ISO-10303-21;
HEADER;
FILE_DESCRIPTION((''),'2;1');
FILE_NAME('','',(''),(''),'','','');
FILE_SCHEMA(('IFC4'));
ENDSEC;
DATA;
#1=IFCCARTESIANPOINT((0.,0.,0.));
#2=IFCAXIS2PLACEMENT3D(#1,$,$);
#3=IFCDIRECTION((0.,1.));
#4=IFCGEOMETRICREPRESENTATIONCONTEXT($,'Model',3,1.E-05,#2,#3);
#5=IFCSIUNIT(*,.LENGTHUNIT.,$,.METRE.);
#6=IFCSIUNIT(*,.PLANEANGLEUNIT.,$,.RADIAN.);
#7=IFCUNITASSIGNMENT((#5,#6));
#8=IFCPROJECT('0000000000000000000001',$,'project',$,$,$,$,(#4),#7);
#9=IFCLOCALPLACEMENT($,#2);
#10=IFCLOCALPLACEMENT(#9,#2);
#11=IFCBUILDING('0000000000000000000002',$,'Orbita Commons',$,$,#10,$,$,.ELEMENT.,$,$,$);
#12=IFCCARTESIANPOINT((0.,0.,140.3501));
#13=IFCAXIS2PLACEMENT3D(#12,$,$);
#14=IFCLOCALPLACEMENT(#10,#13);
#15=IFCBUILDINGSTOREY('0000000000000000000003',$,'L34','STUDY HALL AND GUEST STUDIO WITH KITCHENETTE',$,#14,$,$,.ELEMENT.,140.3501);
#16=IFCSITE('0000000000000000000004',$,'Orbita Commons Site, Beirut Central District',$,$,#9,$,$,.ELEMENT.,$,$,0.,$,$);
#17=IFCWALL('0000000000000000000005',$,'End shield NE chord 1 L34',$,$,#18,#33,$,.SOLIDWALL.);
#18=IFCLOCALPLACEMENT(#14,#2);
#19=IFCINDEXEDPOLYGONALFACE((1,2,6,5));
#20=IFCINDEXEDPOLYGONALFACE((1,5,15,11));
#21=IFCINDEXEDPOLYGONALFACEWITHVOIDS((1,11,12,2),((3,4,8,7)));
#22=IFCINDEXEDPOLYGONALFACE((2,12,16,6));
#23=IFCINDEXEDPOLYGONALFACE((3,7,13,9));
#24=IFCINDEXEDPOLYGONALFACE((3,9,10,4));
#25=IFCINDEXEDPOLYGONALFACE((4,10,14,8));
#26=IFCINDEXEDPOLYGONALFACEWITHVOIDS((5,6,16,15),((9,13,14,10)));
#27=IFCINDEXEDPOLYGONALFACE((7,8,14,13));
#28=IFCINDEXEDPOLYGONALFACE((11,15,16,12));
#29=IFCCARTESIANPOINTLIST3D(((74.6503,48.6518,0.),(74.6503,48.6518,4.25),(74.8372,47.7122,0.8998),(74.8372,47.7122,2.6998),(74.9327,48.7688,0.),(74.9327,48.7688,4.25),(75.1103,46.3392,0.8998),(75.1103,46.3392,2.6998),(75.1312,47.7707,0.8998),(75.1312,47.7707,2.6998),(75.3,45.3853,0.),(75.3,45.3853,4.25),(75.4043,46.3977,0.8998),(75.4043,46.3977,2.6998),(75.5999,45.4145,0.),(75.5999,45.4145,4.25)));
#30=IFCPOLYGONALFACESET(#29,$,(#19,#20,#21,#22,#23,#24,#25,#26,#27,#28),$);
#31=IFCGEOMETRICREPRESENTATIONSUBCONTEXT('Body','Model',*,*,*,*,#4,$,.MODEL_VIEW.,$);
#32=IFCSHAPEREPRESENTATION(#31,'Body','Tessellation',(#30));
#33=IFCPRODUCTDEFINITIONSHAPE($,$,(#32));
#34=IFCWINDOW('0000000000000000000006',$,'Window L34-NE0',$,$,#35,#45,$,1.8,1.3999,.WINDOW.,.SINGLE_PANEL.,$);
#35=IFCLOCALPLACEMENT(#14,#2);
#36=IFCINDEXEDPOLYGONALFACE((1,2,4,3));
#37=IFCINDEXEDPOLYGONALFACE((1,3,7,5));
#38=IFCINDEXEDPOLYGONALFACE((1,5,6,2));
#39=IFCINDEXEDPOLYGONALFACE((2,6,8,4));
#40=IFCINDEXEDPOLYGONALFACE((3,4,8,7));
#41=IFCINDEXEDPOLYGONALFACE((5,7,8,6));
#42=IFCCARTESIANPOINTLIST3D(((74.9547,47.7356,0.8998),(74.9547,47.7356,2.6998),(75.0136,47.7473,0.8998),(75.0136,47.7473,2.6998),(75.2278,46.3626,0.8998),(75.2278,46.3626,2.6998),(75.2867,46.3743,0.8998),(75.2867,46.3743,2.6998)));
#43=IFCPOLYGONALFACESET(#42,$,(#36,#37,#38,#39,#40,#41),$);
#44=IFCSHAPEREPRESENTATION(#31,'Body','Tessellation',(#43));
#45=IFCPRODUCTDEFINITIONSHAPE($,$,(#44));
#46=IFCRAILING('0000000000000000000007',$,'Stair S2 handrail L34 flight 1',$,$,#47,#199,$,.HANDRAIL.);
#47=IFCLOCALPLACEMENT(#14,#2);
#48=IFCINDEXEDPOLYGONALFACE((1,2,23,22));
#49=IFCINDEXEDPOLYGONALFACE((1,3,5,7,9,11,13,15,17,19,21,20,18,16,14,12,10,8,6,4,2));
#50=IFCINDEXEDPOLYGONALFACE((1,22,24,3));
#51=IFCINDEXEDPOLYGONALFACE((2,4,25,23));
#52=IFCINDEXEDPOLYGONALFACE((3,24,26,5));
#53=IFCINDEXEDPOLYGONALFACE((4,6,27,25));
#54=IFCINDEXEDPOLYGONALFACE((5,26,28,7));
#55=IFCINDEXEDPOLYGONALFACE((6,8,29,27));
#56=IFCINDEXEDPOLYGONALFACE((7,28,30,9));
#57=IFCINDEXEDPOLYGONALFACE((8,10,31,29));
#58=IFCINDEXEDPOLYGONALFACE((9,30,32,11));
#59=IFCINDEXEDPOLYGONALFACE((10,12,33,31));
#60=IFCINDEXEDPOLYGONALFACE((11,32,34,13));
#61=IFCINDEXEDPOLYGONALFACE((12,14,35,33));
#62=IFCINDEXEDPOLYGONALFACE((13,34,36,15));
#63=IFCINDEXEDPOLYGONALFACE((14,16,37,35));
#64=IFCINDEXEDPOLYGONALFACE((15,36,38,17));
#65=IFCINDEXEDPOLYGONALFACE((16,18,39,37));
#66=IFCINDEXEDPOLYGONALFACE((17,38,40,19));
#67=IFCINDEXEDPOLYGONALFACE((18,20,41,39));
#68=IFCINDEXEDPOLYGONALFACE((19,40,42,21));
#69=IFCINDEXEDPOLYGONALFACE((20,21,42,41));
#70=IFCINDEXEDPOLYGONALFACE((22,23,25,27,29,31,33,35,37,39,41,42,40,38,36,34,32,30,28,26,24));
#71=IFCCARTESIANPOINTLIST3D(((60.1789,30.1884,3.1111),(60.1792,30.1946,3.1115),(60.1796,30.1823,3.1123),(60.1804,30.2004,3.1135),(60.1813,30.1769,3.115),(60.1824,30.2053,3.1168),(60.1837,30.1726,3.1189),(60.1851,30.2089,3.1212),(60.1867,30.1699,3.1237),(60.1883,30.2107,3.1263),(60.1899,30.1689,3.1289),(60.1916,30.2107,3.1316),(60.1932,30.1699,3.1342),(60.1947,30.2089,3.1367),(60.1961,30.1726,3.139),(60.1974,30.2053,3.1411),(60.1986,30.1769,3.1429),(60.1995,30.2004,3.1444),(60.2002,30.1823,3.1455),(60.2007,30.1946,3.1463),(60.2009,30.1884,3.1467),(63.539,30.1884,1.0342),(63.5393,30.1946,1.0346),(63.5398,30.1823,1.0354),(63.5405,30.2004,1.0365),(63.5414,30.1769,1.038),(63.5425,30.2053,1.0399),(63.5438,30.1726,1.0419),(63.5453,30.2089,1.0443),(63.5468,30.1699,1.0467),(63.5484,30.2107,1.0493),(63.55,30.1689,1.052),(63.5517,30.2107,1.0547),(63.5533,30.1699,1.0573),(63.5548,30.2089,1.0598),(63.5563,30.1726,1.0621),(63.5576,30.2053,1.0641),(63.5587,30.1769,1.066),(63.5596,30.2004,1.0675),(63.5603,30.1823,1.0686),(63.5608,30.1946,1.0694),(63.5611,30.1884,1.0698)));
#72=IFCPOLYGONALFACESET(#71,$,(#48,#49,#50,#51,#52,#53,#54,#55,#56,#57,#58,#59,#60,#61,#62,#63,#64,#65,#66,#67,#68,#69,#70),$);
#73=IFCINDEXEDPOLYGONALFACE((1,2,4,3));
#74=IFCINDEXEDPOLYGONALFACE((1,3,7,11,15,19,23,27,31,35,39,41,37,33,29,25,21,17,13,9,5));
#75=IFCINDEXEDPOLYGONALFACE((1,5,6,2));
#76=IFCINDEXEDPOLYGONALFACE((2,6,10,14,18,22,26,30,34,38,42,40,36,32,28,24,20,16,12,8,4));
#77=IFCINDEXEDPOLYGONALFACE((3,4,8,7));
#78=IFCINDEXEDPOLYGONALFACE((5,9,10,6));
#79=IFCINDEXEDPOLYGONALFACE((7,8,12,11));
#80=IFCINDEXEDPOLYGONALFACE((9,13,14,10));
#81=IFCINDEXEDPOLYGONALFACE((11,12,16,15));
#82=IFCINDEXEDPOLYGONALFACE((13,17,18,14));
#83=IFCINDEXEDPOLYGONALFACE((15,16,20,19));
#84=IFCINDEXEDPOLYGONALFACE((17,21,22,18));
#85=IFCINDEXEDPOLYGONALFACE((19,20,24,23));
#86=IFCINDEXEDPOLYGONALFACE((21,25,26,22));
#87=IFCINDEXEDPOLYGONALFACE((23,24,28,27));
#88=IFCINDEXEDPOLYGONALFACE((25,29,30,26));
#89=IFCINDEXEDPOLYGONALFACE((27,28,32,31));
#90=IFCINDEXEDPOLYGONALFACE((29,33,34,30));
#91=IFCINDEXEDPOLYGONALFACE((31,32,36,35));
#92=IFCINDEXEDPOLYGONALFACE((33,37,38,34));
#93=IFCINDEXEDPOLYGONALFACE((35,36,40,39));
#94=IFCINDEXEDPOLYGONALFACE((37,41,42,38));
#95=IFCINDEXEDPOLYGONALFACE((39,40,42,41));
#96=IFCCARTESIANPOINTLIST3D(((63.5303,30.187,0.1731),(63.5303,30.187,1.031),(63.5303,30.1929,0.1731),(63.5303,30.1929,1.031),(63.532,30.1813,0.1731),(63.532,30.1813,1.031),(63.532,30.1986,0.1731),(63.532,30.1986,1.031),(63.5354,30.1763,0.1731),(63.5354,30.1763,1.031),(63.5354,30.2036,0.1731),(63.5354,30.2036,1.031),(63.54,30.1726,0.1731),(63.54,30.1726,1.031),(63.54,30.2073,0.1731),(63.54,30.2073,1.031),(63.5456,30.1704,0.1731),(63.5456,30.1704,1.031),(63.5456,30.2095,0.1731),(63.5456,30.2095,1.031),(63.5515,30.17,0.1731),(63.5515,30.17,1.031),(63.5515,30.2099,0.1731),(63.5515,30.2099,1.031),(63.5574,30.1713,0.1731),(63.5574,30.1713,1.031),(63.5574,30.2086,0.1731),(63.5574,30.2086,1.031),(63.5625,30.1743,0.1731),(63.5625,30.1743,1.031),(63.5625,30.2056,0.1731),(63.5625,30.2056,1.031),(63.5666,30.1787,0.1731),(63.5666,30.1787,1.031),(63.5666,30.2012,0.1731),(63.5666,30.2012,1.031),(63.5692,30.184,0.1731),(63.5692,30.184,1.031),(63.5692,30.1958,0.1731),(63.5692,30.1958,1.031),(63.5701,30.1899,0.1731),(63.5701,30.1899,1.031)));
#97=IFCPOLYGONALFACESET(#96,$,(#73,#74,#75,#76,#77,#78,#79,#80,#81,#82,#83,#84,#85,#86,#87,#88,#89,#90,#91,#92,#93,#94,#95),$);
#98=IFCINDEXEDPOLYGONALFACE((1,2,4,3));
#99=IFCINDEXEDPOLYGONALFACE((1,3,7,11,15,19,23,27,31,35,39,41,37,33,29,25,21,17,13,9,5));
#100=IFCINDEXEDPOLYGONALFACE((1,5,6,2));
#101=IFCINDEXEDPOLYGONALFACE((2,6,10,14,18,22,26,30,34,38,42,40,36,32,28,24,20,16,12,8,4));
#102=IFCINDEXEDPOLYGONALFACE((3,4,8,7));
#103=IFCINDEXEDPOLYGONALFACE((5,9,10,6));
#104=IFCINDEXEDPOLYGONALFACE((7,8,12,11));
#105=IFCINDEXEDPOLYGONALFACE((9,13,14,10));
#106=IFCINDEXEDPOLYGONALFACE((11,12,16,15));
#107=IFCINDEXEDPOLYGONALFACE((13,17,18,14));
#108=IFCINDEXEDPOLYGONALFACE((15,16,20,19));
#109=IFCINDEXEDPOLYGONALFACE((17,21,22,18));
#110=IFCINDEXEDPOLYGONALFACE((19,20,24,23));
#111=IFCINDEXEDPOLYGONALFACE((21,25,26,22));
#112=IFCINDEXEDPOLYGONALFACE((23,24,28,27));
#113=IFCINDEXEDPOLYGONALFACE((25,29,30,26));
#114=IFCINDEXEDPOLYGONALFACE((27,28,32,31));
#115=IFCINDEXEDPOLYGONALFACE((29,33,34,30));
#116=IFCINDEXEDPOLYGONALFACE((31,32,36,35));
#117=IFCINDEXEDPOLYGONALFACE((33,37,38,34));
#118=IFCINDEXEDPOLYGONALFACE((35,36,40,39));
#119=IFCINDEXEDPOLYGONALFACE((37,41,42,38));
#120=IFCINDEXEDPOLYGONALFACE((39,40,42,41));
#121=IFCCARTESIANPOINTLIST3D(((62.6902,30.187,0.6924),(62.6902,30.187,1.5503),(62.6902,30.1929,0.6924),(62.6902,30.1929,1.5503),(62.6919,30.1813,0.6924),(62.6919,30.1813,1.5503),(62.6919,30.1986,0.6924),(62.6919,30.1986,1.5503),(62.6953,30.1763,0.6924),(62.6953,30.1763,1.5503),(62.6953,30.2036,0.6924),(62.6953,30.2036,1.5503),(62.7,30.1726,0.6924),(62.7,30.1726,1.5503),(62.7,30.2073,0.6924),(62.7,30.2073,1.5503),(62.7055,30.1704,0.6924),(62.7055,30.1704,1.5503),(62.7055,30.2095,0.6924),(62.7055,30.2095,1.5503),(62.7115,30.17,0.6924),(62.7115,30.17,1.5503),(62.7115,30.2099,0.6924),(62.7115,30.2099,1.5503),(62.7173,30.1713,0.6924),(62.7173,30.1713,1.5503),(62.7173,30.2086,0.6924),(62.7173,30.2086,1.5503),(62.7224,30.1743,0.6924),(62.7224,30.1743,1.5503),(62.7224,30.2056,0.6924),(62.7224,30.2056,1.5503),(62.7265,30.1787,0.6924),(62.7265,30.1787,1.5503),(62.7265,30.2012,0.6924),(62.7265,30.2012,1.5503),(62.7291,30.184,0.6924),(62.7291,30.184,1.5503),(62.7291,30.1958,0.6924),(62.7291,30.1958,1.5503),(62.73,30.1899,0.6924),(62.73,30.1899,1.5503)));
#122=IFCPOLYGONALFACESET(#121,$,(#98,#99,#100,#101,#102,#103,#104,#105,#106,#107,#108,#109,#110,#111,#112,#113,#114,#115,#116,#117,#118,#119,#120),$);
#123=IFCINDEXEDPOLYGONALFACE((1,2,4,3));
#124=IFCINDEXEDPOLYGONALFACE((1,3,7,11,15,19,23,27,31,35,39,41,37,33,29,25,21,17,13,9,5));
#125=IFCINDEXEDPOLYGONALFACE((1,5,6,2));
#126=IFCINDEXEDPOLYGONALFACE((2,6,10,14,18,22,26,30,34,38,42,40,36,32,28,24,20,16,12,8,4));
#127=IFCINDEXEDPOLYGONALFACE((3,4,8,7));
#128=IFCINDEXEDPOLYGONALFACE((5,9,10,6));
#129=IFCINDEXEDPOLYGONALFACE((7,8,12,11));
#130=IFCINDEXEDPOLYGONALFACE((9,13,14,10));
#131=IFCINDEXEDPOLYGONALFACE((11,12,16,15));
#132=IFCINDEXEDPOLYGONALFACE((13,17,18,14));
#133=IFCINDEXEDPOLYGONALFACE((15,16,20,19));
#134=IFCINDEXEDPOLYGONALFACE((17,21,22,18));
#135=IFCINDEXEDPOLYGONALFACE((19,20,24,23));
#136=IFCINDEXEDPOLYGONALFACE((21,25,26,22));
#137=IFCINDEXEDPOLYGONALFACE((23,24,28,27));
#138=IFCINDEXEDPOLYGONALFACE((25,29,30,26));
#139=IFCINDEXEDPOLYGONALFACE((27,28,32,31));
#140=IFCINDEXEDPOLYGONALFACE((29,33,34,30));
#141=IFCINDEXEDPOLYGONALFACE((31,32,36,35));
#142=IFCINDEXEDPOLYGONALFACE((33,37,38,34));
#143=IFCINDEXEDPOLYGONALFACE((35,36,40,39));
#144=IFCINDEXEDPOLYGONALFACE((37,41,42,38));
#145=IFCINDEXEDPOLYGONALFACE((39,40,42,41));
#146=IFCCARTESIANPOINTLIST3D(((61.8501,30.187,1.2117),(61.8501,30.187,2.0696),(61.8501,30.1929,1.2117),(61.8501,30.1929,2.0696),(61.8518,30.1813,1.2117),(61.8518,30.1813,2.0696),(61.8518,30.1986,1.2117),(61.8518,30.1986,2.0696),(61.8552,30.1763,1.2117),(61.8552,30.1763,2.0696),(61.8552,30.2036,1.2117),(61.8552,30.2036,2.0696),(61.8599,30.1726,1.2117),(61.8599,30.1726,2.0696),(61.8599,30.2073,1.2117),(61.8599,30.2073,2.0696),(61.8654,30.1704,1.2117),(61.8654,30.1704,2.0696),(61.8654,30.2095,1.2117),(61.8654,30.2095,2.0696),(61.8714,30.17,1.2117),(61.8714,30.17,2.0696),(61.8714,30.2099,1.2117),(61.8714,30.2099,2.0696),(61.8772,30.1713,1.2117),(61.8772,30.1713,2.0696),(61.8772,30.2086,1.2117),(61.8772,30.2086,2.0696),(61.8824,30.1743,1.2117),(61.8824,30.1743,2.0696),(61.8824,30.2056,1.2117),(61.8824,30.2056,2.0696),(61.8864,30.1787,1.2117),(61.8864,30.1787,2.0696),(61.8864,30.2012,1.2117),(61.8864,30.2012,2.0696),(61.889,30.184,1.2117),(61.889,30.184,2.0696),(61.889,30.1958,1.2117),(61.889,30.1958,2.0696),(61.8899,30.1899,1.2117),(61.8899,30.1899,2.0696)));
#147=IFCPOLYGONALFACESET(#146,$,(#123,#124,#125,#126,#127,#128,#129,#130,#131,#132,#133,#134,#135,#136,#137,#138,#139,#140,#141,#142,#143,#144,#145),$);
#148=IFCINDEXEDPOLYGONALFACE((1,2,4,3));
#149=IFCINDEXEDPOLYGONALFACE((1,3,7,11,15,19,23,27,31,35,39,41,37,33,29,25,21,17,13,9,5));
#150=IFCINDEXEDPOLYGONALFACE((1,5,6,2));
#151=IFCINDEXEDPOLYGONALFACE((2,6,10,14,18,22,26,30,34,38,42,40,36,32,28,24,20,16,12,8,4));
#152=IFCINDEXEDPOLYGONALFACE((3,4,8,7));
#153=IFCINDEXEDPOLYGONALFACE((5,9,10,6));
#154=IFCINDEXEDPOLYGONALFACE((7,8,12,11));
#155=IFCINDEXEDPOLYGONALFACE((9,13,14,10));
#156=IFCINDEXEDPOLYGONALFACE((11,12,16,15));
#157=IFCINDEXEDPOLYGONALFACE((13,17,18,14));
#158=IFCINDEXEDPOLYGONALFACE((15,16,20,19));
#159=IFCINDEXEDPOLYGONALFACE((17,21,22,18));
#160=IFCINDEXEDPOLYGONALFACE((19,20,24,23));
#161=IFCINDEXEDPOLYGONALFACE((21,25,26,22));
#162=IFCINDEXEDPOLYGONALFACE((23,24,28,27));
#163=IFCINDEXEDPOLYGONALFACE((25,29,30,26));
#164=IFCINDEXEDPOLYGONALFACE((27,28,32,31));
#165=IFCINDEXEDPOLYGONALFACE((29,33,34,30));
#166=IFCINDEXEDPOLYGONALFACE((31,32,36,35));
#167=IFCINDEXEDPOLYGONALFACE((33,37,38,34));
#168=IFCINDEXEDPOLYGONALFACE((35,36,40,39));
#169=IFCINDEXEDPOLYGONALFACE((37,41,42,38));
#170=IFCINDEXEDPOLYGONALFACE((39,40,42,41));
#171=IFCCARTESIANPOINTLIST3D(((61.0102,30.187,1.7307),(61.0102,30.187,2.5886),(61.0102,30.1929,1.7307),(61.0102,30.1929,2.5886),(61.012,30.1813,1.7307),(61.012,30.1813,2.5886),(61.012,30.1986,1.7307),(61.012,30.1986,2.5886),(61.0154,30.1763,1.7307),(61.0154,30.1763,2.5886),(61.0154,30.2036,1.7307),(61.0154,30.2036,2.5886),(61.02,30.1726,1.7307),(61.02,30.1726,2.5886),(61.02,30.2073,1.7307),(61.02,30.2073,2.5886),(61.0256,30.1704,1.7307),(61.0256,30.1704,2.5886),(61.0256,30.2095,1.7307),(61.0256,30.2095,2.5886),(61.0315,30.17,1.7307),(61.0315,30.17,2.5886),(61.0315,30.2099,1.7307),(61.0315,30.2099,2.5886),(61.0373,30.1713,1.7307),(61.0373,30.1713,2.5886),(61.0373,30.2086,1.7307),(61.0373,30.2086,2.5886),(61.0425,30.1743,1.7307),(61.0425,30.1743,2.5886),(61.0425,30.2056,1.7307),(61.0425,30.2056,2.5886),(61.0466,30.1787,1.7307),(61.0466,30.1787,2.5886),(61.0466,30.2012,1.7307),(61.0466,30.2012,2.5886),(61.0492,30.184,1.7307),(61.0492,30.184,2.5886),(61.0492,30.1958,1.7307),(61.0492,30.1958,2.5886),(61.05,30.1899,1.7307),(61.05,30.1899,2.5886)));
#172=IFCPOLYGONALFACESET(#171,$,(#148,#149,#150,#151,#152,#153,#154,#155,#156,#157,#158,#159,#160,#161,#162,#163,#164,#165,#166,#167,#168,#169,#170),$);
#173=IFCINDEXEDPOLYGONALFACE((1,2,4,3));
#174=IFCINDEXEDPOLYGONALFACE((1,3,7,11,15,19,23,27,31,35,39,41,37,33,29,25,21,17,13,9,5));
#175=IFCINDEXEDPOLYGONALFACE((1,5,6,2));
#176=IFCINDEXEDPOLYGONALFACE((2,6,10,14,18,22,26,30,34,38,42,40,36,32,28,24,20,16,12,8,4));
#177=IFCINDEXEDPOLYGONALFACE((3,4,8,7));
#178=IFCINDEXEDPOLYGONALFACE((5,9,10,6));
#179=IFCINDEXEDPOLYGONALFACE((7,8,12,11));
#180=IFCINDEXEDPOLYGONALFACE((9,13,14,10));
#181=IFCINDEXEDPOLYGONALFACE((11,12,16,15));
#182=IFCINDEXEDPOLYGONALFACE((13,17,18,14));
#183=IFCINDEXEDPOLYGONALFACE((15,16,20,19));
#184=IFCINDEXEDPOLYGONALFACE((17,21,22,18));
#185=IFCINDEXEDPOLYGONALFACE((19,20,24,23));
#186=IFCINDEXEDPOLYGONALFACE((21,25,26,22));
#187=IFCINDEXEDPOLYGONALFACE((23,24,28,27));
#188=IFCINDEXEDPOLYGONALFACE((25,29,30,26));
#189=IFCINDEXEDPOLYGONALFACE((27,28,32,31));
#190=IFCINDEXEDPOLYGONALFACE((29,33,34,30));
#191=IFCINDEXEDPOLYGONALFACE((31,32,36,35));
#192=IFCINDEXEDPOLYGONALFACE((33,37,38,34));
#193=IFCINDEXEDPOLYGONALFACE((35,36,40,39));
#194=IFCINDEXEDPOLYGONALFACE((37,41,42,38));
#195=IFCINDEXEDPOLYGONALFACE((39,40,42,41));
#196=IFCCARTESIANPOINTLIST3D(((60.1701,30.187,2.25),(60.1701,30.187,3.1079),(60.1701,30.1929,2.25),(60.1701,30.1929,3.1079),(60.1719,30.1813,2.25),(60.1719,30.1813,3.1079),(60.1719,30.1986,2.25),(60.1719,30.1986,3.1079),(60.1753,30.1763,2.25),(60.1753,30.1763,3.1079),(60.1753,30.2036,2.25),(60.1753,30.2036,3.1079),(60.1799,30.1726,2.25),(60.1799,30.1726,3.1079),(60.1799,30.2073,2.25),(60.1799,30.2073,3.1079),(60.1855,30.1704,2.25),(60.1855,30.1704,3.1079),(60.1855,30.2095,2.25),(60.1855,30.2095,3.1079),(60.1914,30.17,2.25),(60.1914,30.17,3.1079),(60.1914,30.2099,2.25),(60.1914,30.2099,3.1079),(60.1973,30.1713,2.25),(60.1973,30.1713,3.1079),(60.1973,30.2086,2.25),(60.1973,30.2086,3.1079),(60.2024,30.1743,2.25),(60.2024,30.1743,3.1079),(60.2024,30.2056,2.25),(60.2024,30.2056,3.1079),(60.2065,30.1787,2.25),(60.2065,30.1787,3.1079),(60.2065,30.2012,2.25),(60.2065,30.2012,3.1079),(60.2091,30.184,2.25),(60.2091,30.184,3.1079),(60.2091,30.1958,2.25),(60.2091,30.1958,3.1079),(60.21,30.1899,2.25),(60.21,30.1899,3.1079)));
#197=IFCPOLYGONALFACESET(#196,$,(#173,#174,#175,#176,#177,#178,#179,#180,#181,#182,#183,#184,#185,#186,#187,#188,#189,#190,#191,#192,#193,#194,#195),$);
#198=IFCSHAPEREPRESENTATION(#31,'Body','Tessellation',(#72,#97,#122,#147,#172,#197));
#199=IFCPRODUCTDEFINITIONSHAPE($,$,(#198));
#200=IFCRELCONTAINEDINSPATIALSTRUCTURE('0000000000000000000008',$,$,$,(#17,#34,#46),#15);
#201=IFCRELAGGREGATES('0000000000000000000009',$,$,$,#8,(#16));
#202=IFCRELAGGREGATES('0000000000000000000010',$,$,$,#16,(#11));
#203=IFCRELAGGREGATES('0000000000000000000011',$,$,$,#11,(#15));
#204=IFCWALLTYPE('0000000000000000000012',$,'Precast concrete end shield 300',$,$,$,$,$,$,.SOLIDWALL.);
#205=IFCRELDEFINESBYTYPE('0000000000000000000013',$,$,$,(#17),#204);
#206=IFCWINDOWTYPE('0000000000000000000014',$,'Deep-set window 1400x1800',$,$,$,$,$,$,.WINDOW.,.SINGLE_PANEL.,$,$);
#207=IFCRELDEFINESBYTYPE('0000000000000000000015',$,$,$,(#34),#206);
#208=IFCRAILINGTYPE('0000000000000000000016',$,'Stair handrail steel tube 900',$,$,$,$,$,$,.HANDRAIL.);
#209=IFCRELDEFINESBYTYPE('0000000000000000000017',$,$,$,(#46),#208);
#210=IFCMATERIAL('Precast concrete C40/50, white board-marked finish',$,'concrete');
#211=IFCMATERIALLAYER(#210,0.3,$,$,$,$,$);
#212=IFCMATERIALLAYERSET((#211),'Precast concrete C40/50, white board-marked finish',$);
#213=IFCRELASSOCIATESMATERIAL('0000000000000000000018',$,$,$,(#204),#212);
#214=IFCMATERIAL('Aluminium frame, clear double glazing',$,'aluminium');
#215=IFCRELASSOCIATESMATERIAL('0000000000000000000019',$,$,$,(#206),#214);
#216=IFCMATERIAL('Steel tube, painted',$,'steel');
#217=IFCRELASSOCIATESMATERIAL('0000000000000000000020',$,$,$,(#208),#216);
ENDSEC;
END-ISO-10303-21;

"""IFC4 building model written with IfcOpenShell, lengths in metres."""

from ifc_helpers import new_model, si_unit, direction, frame, frame_2d, origin, origin_2d, place, context, subcontext, project, spatial, polyline, rectangle, circle, outline, extrude, material, layer, layer_set, type_object, element, fill, save


model = new_model("IFC4")

# Units and contexts
model_context = context("Model", 3, precision=1e-05, world=origin(), true_north=direction((0.0, 1.0)))
body_context = subcontext(model_context, "Body", "Model", "MODEL_VIEW")
ifc_project = project(units=[si_unit("LENGTHUNIT", "METRE"), si_unit("PLANEANGLEUNIT", "RADIAN")], contexts=[model_context])

# Site, building, storey
site_placement = place(None, origin())
site = spatial("IfcSite", under=ifc_project, at=site_placement, Name="Orbita Commons Site, Beirut Central District", CompositionType="ELEMENT", RefElevation=0.0)
building_placement = place(site_placement, origin())
building = spatial("IfcBuilding", under=site, at=building_placement, Name="Orbita Commons", CompositionType="ELEMENT")
storey_placement = place(building_placement, frame((0.0, 0.0, 140.3501)))
storey = spatial("IfcBuildingStorey", under=building, at=storey_placement, Name="L34", Description="STUDY HALL AND GUEST STUDIO WITH KITCHENETTE", CompositionType="ELEMENT", Elevation=140.3501)

# Wall, opening, window
ifc_material_1 = material(Name="Precast concrete C40/50, white board-marked finish", Category="concrete")
ifc_layer_1 = layer(ifc_material_1, 0.3)
ifc_layer_set_1 = layer_set([ifc_layer_1], Name="Precast concrete C40/50, white board-marked finish")
wall_type_1 = type_object("IfcWallType", Name="Precast concrete end shield 300", PredefinedType="SOLIDWALL", material=ifc_layer_set_1)
wall_1_placement = place(storey_placement, frame((75.45, 45.3999, 0.0), z_axis=(0.0, 0.0, 1.0), x_axis=(-0.195087, 0.980786, 0.0)))
wall_1 = element("IfcWall", 1, at=wall_1_placement, inside=storey, type_object=wall_type_1, Name="End shield NE chord 1 L34", PredefinedType="SOLIDWALL", context=body_context, shape_type="SweptSolid", body=[
    extrude(outline(polyline([(-0.0149, -0.1499), (3.405, -0.1499), (3.3455, 0.1499), (0.0149, 0.1499), (-0.0149, -0.1499)])), origin(), (0.0, 0.0, 1.0), 4.25),
])
opening_1_placement = place(wall_1_placement, frame((0.9875, 0.0, 0.8999)))
opening_1 = element("IfcOpeningElement", 2, at=opening_1_placement, cuts=wall_1, PredefinedType="OPENING", context=body_context, shape_type="SweptSolid", body=[
    extrude(rectangle(XDim=1.3999, YDim=1.8, at=frame_2d((0.7, 0.8999))), frame((0.0, 0.1599, 0.0), z_axis=(0.0, -1.0, 0.0), x_axis=(1.0, 0.0, 0.0)), (0.0, 0.0, 1.0), 0.3201),
])
ifc_material_2 = material(Name="Aluminium frame, clear double glazing", Category="aluminium")
window_type = type_object("IfcWindowType", Name="Deep-set window 1400x1800", PartitioningType="SINGLE_PANEL", PredefinedType="WINDOW", material=ifc_material_2)
window_placement = place(opening_1_placement, origin())
window = element("IfcWindow", 3, at=window_placement, inside=storey, type_object=window_type, Name="Window L34-NE0", OverallHeight=1.8, OverallWidth=1.3999, PartitioningType="SINGLE_PANEL", PredefinedType="WINDOW", context=body_context, shape_type="SweptSolid", body=[
    extrude(rectangle(XDim=1.3999, YDim=1.8, at=frame_2d((0.7, 0.8999))), frame((0.0, 0.03, 0.0), z_axis=(0.0, -1.0, 0.0), x_axis=(1.0, 0.0, 0.0)), (0.0, 0.0, 1.0), 0.0601),
])
fill(opening_1, window)

# Railing
ifc_material_3 = material(Name="Steel tube, painted", Category="steel")
railing_type = type_object("IfcRailingType", Name="Stair handrail steel tube 900", PredefinedType="HANDRAIL", material=ifc_material_3)
railing_placement = place(storey_placement, frame((63.55, 30.1899, 0.1731)))
element("IfcRailing", 4, at=railing_placement, inside=storey, type_object=railing_type, Name="Stair S2 handrail L34 flight 1", PredefinedType="HANDRAIL", context=body_context, shape_type="SweptSolid", body=[
    extrude(circle(Radius=0.021, at=origin_2d()), frame((0.0, 0.0, 0.8789), z_axis=(-0.850623, 0.0, 0.525776), x_axis=(0.0, -1.0, 0.0)), (0.0, 0.0, 1.0), 3.9502),
    extrude(circle(Radius=0.02, at=origin_2d()), origin(), (0.0, 0.0, 1.0), 0.8579),
    extrude(circle(Radius=0.02, at=origin_2d()), frame((-0.8401, 0.0, 0.5193)), (0.0, 0.0, 1.0), 0.8579),
    extrude(circle(Radius=0.02, at=origin_2d()), frame((-1.6802, 0.0, 1.0386)), (0.0, 0.0, 1.0), 0.8579),
    extrude(circle(Radius=0.02, at=origin_2d()), frame((-2.52, 0.0, 1.5576)), (0.0, 0.0, 1.0), 0.8579),
    extrude(circle(Radius=0.02, at=origin_2d()), frame((-3.3601, 0.0, 2.0769)), (0.0, 0.0, 1.0), 0.8579),
])

save(model, "model.ifc")
